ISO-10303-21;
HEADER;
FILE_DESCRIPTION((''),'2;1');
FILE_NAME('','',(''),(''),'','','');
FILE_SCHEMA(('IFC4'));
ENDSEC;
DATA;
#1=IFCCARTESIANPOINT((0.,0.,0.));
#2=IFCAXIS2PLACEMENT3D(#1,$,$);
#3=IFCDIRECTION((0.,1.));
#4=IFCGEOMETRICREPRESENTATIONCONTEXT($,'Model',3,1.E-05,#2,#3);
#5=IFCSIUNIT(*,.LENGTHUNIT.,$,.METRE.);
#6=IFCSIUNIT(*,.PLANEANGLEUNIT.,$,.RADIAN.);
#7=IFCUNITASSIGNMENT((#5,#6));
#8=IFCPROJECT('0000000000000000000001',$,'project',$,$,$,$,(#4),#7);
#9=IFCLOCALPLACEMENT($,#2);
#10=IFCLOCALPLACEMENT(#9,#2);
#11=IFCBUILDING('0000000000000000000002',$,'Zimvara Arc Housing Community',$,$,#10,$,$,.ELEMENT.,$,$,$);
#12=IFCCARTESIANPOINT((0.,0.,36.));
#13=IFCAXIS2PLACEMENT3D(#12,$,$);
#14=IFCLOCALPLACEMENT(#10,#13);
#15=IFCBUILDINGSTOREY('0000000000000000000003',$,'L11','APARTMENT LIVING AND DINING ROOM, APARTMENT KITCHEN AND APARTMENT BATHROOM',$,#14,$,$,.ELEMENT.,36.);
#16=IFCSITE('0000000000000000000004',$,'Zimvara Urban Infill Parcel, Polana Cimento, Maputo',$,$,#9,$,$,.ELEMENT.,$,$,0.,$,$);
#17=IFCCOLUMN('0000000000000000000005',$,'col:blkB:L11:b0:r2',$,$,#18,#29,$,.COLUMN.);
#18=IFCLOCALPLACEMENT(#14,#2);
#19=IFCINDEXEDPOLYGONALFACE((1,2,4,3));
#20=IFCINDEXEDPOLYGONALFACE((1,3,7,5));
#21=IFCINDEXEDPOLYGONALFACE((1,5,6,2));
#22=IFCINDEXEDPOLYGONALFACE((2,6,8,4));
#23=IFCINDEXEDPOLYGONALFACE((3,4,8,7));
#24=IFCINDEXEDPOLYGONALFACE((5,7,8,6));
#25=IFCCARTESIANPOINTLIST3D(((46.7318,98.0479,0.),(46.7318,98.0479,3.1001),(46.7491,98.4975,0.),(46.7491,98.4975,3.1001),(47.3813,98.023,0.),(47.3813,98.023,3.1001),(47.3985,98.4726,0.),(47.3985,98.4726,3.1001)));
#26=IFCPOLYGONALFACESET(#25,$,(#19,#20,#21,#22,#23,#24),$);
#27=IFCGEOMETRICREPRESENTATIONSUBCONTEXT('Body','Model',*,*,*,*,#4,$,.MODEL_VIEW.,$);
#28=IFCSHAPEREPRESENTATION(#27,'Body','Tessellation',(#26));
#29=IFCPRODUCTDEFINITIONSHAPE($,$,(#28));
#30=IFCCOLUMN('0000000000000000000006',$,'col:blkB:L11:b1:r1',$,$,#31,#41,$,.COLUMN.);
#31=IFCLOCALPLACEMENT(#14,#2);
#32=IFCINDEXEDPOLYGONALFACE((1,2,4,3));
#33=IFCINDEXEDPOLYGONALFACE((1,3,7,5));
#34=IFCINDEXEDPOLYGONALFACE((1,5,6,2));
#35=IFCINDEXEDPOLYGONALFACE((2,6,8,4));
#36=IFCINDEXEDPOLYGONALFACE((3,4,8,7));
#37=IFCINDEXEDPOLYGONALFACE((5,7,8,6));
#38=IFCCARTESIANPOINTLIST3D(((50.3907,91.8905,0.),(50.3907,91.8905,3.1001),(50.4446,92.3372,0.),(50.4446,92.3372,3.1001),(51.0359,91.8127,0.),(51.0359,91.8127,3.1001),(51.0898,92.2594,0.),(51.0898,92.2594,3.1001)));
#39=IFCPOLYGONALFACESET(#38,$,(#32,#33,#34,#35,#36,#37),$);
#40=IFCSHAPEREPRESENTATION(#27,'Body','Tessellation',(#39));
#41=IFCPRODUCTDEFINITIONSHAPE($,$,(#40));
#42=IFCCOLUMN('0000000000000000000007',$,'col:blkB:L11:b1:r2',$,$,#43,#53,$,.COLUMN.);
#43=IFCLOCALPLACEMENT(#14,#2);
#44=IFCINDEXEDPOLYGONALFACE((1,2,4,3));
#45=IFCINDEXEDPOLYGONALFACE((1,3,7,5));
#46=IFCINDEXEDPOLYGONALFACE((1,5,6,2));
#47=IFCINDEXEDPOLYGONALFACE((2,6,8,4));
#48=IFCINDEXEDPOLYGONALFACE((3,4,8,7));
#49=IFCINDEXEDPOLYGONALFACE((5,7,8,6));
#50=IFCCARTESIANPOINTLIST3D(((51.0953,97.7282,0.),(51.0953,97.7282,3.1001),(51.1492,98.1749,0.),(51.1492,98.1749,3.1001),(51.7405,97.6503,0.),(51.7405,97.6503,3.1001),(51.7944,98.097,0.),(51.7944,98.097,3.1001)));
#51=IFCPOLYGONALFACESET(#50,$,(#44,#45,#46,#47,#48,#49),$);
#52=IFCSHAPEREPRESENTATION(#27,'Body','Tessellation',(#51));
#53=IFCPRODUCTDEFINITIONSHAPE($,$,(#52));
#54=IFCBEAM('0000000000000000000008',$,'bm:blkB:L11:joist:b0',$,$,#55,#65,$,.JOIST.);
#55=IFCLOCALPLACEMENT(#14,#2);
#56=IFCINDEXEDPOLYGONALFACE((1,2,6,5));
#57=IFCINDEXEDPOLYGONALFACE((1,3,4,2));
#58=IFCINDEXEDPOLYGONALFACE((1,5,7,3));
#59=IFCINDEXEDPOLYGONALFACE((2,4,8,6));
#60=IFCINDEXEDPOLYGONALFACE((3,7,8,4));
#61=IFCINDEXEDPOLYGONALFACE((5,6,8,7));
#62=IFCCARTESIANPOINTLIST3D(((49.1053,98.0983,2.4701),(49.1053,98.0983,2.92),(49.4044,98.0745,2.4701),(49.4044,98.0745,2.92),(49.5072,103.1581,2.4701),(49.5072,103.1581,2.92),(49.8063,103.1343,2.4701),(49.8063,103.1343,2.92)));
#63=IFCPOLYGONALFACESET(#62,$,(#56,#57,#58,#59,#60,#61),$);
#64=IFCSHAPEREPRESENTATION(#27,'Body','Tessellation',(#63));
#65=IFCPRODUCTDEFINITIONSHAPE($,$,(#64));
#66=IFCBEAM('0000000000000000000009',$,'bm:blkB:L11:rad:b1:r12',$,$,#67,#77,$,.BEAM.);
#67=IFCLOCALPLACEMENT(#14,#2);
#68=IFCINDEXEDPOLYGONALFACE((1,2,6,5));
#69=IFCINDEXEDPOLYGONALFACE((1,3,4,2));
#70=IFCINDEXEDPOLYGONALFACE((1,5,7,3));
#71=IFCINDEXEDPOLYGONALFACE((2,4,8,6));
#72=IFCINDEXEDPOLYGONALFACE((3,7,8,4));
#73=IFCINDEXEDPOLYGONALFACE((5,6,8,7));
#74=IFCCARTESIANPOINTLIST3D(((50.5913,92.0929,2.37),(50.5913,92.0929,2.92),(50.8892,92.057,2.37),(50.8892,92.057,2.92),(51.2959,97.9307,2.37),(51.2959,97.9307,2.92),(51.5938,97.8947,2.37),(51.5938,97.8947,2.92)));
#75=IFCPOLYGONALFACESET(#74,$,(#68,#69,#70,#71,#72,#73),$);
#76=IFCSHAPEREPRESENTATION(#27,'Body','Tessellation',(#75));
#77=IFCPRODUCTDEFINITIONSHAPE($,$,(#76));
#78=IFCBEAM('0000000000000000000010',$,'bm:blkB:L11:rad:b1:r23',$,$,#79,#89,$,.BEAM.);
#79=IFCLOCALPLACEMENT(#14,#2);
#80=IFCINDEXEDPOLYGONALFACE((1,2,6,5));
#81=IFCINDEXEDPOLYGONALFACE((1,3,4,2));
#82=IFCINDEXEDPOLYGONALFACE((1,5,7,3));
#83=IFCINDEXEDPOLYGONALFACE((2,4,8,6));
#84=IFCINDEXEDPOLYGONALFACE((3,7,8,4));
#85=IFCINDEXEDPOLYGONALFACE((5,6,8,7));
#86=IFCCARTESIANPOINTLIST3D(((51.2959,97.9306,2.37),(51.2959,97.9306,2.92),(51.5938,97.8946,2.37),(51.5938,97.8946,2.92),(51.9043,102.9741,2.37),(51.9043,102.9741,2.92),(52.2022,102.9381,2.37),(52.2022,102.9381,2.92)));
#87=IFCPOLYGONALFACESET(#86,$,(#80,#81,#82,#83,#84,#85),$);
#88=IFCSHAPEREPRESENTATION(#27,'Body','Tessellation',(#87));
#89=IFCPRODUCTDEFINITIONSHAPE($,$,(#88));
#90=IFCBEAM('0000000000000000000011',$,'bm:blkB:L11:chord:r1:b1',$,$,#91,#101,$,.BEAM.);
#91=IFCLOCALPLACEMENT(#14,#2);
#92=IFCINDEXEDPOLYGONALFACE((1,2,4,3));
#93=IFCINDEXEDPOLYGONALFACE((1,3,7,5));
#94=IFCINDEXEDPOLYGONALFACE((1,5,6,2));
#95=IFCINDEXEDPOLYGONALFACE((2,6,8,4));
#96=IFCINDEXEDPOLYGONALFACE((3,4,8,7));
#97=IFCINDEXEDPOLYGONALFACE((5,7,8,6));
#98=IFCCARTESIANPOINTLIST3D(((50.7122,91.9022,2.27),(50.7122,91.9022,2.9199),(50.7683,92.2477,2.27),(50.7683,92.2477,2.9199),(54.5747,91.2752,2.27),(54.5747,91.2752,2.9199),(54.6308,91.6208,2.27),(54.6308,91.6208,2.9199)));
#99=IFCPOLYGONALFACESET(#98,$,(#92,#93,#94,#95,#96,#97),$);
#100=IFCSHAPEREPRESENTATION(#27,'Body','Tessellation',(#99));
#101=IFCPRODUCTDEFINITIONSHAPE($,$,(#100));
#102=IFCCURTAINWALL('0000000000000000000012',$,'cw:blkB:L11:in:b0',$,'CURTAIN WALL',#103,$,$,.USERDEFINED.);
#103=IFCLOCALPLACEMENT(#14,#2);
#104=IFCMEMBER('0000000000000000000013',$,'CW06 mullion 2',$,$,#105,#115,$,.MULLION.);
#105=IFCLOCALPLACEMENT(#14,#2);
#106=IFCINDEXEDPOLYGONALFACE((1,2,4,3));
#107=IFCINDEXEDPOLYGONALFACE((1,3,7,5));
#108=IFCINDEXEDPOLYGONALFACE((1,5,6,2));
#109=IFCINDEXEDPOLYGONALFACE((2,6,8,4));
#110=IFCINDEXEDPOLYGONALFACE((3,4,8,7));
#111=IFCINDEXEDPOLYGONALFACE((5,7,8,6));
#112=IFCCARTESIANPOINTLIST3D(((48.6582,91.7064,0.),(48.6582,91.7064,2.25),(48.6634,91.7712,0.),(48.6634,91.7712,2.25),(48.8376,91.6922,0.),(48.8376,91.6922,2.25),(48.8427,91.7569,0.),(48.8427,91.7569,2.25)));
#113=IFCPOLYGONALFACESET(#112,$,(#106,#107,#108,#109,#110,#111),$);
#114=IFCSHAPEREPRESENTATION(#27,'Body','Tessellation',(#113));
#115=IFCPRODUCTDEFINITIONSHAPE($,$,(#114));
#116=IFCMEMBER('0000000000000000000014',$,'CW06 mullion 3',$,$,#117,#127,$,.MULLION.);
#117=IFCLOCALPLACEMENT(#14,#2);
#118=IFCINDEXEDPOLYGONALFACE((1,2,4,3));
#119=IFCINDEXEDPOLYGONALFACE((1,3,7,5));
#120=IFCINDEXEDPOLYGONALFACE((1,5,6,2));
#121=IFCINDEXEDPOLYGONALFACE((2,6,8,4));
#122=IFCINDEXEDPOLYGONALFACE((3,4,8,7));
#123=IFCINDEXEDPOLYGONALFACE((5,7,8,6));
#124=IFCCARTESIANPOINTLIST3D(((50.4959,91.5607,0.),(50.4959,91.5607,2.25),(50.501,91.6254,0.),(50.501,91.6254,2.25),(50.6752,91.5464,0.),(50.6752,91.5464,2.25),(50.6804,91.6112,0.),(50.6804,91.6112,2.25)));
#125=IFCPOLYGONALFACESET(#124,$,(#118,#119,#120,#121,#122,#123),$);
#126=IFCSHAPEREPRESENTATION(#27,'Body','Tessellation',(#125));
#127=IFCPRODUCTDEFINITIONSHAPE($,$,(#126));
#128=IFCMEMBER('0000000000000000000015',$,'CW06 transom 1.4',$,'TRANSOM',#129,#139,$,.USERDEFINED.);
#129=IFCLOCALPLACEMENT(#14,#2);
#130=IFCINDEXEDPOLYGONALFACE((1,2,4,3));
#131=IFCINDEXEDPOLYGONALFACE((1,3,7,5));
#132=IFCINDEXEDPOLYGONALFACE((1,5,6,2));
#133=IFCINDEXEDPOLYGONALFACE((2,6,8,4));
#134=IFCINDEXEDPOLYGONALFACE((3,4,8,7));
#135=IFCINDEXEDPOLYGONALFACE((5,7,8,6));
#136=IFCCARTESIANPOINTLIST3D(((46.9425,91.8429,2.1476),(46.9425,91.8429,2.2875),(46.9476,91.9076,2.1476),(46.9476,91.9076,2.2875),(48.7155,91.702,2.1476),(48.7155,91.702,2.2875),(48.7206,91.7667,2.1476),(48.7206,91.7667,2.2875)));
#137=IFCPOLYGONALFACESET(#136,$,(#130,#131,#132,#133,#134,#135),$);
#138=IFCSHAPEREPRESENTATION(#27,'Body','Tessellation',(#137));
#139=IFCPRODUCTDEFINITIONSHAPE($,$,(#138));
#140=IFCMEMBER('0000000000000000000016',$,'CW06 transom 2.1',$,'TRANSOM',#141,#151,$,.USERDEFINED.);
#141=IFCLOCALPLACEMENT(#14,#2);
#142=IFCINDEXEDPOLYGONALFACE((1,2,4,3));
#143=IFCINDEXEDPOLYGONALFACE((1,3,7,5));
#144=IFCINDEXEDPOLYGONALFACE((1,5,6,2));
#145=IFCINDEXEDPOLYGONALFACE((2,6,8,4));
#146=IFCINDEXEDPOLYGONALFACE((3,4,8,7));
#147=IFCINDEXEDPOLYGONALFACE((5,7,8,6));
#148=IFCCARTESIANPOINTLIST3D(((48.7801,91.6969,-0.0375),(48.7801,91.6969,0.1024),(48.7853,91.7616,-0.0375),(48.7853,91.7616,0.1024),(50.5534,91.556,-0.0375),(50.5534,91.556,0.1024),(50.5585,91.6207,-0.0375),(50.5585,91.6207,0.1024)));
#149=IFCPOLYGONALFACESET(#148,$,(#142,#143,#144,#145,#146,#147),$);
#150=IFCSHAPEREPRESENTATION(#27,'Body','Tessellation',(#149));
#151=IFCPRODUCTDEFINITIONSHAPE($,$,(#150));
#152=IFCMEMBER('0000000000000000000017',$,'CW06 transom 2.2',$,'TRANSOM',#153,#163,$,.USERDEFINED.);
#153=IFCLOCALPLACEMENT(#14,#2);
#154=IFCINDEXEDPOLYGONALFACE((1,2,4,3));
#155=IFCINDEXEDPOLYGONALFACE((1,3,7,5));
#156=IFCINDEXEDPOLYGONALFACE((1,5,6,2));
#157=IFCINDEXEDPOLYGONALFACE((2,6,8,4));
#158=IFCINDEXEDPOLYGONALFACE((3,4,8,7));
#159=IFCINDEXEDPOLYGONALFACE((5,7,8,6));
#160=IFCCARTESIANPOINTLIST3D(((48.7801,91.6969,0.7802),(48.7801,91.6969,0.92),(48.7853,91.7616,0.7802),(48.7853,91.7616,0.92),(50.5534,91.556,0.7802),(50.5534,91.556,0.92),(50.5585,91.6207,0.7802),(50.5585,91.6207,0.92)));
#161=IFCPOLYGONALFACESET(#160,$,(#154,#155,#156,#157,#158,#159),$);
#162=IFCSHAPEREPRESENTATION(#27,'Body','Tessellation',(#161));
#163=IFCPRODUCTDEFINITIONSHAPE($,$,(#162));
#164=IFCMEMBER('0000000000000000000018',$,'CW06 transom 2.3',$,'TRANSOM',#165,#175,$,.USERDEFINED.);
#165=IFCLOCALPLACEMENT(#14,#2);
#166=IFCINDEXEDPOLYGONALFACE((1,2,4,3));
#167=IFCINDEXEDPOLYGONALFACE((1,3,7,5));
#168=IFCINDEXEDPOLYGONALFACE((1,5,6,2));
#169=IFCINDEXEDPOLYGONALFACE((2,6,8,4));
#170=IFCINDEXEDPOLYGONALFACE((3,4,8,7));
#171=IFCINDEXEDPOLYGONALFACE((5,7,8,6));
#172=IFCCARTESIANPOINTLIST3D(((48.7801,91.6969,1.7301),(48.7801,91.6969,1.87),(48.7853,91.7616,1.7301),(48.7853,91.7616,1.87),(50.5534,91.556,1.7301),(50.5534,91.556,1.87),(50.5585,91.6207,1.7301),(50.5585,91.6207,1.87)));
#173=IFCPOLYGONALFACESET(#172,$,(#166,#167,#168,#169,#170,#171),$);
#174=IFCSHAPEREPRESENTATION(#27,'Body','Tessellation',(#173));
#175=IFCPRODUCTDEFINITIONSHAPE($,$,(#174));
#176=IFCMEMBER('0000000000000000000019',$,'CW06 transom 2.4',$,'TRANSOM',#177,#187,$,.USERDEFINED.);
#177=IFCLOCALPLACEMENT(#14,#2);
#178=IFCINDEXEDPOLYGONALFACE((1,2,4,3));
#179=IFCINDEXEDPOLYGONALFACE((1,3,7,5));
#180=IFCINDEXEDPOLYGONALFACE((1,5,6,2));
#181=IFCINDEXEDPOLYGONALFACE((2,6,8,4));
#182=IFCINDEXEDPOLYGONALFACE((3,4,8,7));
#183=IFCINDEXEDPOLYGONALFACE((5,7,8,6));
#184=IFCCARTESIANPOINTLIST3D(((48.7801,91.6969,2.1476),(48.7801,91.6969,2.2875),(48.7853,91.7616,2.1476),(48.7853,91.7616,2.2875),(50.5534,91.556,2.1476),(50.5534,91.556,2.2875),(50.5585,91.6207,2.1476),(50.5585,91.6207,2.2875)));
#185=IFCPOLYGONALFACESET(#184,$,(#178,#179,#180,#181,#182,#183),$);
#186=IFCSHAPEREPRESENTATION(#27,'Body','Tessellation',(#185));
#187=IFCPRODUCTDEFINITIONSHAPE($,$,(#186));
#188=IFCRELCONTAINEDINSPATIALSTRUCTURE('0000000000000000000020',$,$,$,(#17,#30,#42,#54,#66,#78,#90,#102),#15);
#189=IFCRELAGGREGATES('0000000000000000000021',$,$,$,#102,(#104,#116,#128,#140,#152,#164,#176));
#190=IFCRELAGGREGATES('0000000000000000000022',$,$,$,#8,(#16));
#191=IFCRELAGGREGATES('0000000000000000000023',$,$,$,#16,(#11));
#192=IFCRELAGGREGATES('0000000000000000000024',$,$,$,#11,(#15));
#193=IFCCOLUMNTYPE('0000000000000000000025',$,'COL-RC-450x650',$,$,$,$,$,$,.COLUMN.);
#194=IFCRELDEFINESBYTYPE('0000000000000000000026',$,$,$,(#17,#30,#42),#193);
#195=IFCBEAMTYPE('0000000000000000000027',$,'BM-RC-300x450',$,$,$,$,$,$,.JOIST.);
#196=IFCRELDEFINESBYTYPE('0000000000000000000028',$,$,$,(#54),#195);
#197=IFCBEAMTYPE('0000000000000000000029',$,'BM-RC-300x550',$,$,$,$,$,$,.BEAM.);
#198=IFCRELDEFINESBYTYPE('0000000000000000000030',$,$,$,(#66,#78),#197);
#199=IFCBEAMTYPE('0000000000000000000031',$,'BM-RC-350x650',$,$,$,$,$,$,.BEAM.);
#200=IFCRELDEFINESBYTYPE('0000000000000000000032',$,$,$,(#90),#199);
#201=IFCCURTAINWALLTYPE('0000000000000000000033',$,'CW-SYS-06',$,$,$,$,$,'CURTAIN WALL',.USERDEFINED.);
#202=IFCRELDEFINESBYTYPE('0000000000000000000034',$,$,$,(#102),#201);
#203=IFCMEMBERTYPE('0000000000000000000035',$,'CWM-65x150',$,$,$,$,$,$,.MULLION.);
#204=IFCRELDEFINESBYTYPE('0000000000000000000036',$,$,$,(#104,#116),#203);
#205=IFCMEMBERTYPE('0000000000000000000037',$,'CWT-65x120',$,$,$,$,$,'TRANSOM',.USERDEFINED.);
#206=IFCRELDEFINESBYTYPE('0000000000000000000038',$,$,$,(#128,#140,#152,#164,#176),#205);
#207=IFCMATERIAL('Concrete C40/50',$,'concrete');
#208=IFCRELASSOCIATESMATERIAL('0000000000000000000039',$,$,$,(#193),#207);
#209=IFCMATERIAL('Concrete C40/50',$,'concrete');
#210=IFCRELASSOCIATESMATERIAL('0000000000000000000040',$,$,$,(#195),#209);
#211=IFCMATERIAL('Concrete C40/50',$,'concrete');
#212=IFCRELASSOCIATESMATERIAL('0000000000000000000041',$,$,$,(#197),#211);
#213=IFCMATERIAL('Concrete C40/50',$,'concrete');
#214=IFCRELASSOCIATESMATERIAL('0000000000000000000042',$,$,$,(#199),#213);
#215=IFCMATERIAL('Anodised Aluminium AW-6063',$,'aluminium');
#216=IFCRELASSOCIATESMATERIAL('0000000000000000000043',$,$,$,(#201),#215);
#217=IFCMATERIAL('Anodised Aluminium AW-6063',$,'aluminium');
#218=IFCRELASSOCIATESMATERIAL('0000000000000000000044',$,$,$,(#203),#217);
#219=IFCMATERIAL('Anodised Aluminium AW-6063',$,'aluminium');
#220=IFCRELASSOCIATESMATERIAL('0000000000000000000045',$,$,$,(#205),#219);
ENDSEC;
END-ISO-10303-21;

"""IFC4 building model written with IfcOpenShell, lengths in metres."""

from ifc_helpers import new_model, si_unit, direction, frame, origin, origin_2d, place, context, subcontext, project, spatial, rectangle, extrude, material, material_profile, profile_set, type_object, element, aggregate, save


model = new_model("IFC4")

# Units and contexts
model_context = context("Model", 3, precision=1e-05, world=origin(), true_north=direction((0.0, 1.0)))
body_context = subcontext(model_context, "Body", "Model", "MODEL_VIEW")
ifc_project = project(units=[si_unit("LENGTHUNIT", "METRE"), si_unit("PLANEANGLEUNIT", "RADIAN")], contexts=[model_context])

# Site, building, storey
site_placement = place(None, origin())
site = spatial("IfcSite", under=ifc_project, at=site_placement, Name="Zimvara Urban Infill Parcel, Polana Cimento, Maputo", CompositionType="ELEMENT", RefElevation=0.0)
building_placement = place(site_placement, origin())
building = spatial("IfcBuilding", under=site, at=building_placement, Name="Zimvara Arc Housing Community", CompositionType="ELEMENT")
storey_placement = place(building_placement, frame((0.0, 0.0, 36.0)))
storey = spatial("IfcBuildingStorey", under=building, at=storey_placement, Name="L11", Description="APARTMENT LIVING AND DINING ROOM, APARTMENT KITCHEN AND APARTMENT BATHROOM", CompositionType="ELEMENT", Elevation=36.0)

# Columns
ifc_material_1 = material(Name="Concrete C40/50", Category="concrete")
ifc_material_profile_1 = material_profile(ifc_material_1, rectangle(XDim=0.45, YDim=0.6499, at=origin_2d()), Name="RC 450x650")
ifc_profile_set_1 = profile_set([ifc_material_profile_1], Name="Concrete C40/50")
column_type = type_object("IfcColumnType", Name="COL-RC-450x650", PredefinedType="COLUMN", material=ifc_profile_set_1)
for number, where, z_axis, x_axis, name in (
    (1, (47.0652, 98.2603, 0.0), (0.0, 0.0, 1.0), (0.038388, 0.999263, 0.0), "col:blkB:L11:b0:r2"),
    (2, (50.7402, 92.075, 0.0), (0.0, 0.0, 1.0), (0.11979, 0.992799, 0.0), "col:blkB:L11:b1:r1"),
    (3, (51.4448, 97.9126, 0.0), (0.0, 0.0, 1.0), (0.11979, 0.992799, 0.0), "col:blkB:L11:b1:r2"),
):
    element("IfcColumn", number, at=place(storey_placement, frame(where, z_axis=z_axis, x_axis=x_axis)), inside=storey, type_object=column_type, Name=name, PredefinedType="COLUMN", context=body_context, shape_type="SweptSolid", body=[
        extrude(rectangle(XDim=0.45, YDim=0.6499, at=origin_2d()), origin(), (0.0, 0.0, 1.0), 3.1001),
    ])

# Beams
ifc_material_2 = material(Name="Concrete C40/50", Category="concrete")
ifc_material_profile_2 = material_profile(ifc_material_2, rectangle(XDim=0.3, YDim=0.45, at=origin_2d()), Name="RC 300x450")
ifc_profile_set_2 = profile_set([ifc_material_profile_2], Name="Concrete C40/50")
beam_type_1 = type_object("IfcBeamType", Name="BM-RC-300x450", PredefinedType="JOIST", material=ifc_profile_set_2)
beam_1_placement = place(storey_placement, frame((49.2549, 98.0864, 2.6951), z_axis=(0.079172, 0.996861, 0.0), x_axis=(-0.996861, 0.079172, 0.0)))
element("IfcBeam", 4, at=beam_1_placement, inside=storey, type_object=beam_type_1, Name="bm:blkB:L11:joist:b0", PredefinedType="JOIST", context=body_context, shape_type="SweptSolid", body=[
    extrude(rectangle(XDim=0.3, YDim=0.45, at=origin_2d()), origin(), (0.0, 0.0, 1.0), 5.0757),
])
ifc_material_3 = material(Name="Concrete C40/50", Category="concrete")
ifc_material_profile_3 = material_profile(ifc_material_3, rectangle(XDim=0.3, YDim=0.55, at=origin_2d()), Name="RC 300x550")
ifc_profile_set_3 = profile_set([ifc_material_profile_3], Name="Concrete C40/50")
beam_type_2 = type_object("IfcBeamType", Name="BM-RC-300x550", PredefinedType="BEAM", material=ifc_profile_set_3)
beam_2_placement = place(storey_placement, frame((50.7402, 92.075, 2.645), z_axis=(0.119828, 0.992795, 0.0), x_axis=(-0.992795, 0.119828, 0.0)))
element("IfcBeam", 5, at=beam_2_placement, inside=storey, type_object=beam_type_2, Name="bm:blkB:L11:rad:b1:r12", PredefinedType="BEAM", context=body_context, shape_type="SweptSolid", body=[
    extrude(rectangle(XDim=0.3, YDim=0.55, at=origin_2d()), origin(), (0.0, 0.0, 1.0), 5.8801),
])
beam_3_placement = place(storey_placement, frame((51.4448, 97.9126, 2.645), z_axis=(0.119763, 0.992803, 0.0), x_axis=(-0.992803, 0.119763, 0.0)))
element("IfcBeam", 6, at=beam_3_placement, inside=storey, type_object=beam_type_2, Name="bm:blkB:L11:rad:b1:r23", PredefinedType="BEAM", context=body_context, shape_type="SweptSolid", body=[
    extrude(rectangle(XDim=0.3, YDim=0.55, at=origin_2d()), origin(), (0.0, 0.0, 1.0), 5.0801),
])
ifc_material_4 = material(Name="Concrete C40/50", Category="concrete")
ifc_material_profile_4 = material_profile(ifc_material_4, rectangle(XDim=0.3501, YDim=0.6499, at=origin_2d()), Name="RC 350x650")
ifc_profile_set_4 = profile_set([ifc_material_profile_4], Name="Concrete C40/50")
beam_type_3 = type_object("IfcBeamType", Name="BM-RC-350x650", PredefinedType="BEAM", material=ifc_profile_set_4)
beam_4_placement = place(storey_placement, frame((50.7402, 92.075, 2.595), z_axis=(0.987081, -0.160219, 0.0), x_axis=(0.160219, 0.987081, 0.0)))
element("IfcBeam", 7, at=beam_4_placement, inside=storey, type_object=beam_type_3, Name="bm:blkB:L11:chord:r1:b1", PredefinedType="BEAM", context=body_context, shape_type="SweptSolid", body=[
    extrude(rectangle(XDim=0.3501, YDim=0.6499, at=origin_2d()), origin(), (0.0, 0.0, 1.0), 3.9131),
])

# Curtain wall, members
ifc_material_5 = material(Name="Anodised Aluminium AW-6063", Category="aluminium")
curtain_wall_type = type_object("IfcCurtainWallType", Name="CW-SYS-06", ElementType="CURTAIN WALL", PredefinedType="USERDEFINED", material=ifc_material_5)
curtain_wall_placement = place(storey_placement, origin())
curtain_wall = element("IfcCurtainWall", 8, at=curtain_wall_placement, inside=storey, type_object=curtain_wall_type, Name="cw:blkB:L11:in:b0", ObjectType="CURTAIN WALL", PredefinedType="USERDEFINED")
ifc_material_6 = material(Name="Anodised Aluminium AW-6063", Category="aluminium")
ifc_material_profile_5 = material_profile(ifc_material_6, rectangle(XDim=0.0649, YDim=0.1799, at=origin_2d()), Name="ALU 65x180")
ifc_profile_set_5 = profile_set([ifc_material_profile_5], Name="Anodised Aluminium AW-6063")
member_type_1 = type_object("IfcMemberType", Name="CWM-65x150", PredefinedType="MULLION", material=ifc_profile_set_5)
member_1_placement = place(storey_placement, frame((48.7505, 91.7317, 0.0), z_axis=(0.0, 0.0, 1.0), x_axis=(0.079155, 0.996862, 0.0)))
member_1 = element("IfcMember", 9, at=member_1_placement, type_object=member_type_1, Name="CW06 mullion 2", PredefinedType="MULLION", context=body_context, shape_type="SweptSolid", body=[
    extrude(rectangle(XDim=0.0649, YDim=0.1799, at=origin_2d()), origin(), (0.0, 0.0, 1.0), 2.25),
])
member_2_placement = place(storey_placement, frame((50.5881, 91.5859, 0.0), z_axis=(0.0, 0.0, 1.0), x_axis=(0.079155, 0.996862, 0.0)))
member_2 = element("IfcMember", 10, at=member_2_placement, type_object=member_type_1, Name="CW06 mullion 3", PredefinedType="MULLION", context=body_context, shape_type="SweptSolid", body=[
    extrude(rectangle(XDim=0.0649, YDim=0.1799, at=origin_2d()), origin(), (0.0, 0.0, 1.0), 2.25),
])
ifc_material_7 = material(Name="Anodised Aluminium AW-6063", Category="aluminium")
ifc_material_profile_6 = material_profile(ifc_material_7, rectangle(XDim=0.0649, YDim=0.1399, at=origin_2d()), Name="ALU 65x140")
ifc_profile_set_6 = profile_set([ifc_material_profile_6], Name="Anodised Aluminium AW-6063")
member_type_2 = type_object("IfcMemberType", Name="CWT-65x120", ElementType="TRANSOM", PredefinedType="USERDEFINED", material=ifc_profile_set_6)
member_3_placement = place(storey_placement, frame((46.9451, 91.8752, 2.2175), z_axis=(0.996858, -0.079205, 0.0), x_axis=(0.079205, 0.996858, 0.0)))
member_3 = element("IfcMember", 11, at=member_3_placement, type_object=member_type_2, Name="CW06 transom 1.4", ObjectType="TRANSOM", PredefinedType="USERDEFINED", context=body_context, shape_type="SweptSolid", body=[
    extrude(rectangle(XDim=0.0649, YDim=0.1399, at=origin_2d()), origin(), (0.0, 0.0, 1.0), 1.7786),
])
member_4_placement = place(storey_placement, frame((48.7827, 91.7292, 0.0325), z_axis=(0.996859, -0.079194, 0.0), x_axis=(0.079194, 0.996859, 0.0)))
member_4 = element("IfcMember", 12, at=member_4_placement, type_object=member_type_2, Name="CW06 transom 2.1", ObjectType="TRANSOM", PredefinedType="USERDEFINED", context=body_context, shape_type="SweptSolid", body=[
    extrude(rectangle(XDim=0.0649, YDim=0.1399, at=origin_2d()), origin(), (0.0, 0.0, 1.0), 1.7788),
])
member_5_placement = place(storey_placement, frame((48.7827, 91.7292, 0.8501), z_axis=(0.996859, -0.079194, 0.0), x_axis=(0.079194, 0.996859, 0.0)))
member_5 = element("IfcMember", 13, at=member_5_placement, type_object=member_type_2, Name="CW06 transom 2.2", ObjectType="TRANSOM", PredefinedType="USERDEFINED", context=body_context, shape_type="SweptSolid", body=[
    extrude(rectangle(XDim=0.0649, YDim=0.1399, at=origin_2d()), origin(), (0.0, 0.0, 1.0), 1.7788),
])
member_6_placement = place(storey_placement, frame((48.7827, 91.7292, 1.8), z_axis=(0.996859, -0.079194, 0.0), x_axis=(0.079194, 0.996859, 0.0)))
member_6 = element("IfcMember", 14, at=member_6_placement, type_object=member_type_2, Name="CW06 transom 2.3", ObjectType="TRANSOM", PredefinedType="USERDEFINED", context=body_context, shape_type="SweptSolid", body=[
    extrude(rectangle(XDim=0.0649, YDim=0.1399, at=origin_2d()), origin(), (0.0, 0.0, 1.0), 1.7788),
])
member_7_placement = place(storey_placement, frame((48.7827, 91.7292, 2.2175), z_axis=(0.996859, -0.079194, 0.0), x_axis=(0.079194, 0.996859, 0.0)))
member_7 = element("IfcMember", 15, at=member_7_placement, type_object=member_type_2, Name="CW06 transom 2.4", ObjectType="TRANSOM", PredefinedType="USERDEFINED", context=body_context, shape_type="SweptSolid", body=[
    extrude(rectangle(XDim=0.0649, YDim=0.1399, at=origin_2d()), origin(), (0.0, 0.0, 1.0), 1.7788),
])
aggregate(curtain_wall, [member_1, member_2, member_3, member_4, member_5, member_6, member_7])

save(model, "model.ifc")
